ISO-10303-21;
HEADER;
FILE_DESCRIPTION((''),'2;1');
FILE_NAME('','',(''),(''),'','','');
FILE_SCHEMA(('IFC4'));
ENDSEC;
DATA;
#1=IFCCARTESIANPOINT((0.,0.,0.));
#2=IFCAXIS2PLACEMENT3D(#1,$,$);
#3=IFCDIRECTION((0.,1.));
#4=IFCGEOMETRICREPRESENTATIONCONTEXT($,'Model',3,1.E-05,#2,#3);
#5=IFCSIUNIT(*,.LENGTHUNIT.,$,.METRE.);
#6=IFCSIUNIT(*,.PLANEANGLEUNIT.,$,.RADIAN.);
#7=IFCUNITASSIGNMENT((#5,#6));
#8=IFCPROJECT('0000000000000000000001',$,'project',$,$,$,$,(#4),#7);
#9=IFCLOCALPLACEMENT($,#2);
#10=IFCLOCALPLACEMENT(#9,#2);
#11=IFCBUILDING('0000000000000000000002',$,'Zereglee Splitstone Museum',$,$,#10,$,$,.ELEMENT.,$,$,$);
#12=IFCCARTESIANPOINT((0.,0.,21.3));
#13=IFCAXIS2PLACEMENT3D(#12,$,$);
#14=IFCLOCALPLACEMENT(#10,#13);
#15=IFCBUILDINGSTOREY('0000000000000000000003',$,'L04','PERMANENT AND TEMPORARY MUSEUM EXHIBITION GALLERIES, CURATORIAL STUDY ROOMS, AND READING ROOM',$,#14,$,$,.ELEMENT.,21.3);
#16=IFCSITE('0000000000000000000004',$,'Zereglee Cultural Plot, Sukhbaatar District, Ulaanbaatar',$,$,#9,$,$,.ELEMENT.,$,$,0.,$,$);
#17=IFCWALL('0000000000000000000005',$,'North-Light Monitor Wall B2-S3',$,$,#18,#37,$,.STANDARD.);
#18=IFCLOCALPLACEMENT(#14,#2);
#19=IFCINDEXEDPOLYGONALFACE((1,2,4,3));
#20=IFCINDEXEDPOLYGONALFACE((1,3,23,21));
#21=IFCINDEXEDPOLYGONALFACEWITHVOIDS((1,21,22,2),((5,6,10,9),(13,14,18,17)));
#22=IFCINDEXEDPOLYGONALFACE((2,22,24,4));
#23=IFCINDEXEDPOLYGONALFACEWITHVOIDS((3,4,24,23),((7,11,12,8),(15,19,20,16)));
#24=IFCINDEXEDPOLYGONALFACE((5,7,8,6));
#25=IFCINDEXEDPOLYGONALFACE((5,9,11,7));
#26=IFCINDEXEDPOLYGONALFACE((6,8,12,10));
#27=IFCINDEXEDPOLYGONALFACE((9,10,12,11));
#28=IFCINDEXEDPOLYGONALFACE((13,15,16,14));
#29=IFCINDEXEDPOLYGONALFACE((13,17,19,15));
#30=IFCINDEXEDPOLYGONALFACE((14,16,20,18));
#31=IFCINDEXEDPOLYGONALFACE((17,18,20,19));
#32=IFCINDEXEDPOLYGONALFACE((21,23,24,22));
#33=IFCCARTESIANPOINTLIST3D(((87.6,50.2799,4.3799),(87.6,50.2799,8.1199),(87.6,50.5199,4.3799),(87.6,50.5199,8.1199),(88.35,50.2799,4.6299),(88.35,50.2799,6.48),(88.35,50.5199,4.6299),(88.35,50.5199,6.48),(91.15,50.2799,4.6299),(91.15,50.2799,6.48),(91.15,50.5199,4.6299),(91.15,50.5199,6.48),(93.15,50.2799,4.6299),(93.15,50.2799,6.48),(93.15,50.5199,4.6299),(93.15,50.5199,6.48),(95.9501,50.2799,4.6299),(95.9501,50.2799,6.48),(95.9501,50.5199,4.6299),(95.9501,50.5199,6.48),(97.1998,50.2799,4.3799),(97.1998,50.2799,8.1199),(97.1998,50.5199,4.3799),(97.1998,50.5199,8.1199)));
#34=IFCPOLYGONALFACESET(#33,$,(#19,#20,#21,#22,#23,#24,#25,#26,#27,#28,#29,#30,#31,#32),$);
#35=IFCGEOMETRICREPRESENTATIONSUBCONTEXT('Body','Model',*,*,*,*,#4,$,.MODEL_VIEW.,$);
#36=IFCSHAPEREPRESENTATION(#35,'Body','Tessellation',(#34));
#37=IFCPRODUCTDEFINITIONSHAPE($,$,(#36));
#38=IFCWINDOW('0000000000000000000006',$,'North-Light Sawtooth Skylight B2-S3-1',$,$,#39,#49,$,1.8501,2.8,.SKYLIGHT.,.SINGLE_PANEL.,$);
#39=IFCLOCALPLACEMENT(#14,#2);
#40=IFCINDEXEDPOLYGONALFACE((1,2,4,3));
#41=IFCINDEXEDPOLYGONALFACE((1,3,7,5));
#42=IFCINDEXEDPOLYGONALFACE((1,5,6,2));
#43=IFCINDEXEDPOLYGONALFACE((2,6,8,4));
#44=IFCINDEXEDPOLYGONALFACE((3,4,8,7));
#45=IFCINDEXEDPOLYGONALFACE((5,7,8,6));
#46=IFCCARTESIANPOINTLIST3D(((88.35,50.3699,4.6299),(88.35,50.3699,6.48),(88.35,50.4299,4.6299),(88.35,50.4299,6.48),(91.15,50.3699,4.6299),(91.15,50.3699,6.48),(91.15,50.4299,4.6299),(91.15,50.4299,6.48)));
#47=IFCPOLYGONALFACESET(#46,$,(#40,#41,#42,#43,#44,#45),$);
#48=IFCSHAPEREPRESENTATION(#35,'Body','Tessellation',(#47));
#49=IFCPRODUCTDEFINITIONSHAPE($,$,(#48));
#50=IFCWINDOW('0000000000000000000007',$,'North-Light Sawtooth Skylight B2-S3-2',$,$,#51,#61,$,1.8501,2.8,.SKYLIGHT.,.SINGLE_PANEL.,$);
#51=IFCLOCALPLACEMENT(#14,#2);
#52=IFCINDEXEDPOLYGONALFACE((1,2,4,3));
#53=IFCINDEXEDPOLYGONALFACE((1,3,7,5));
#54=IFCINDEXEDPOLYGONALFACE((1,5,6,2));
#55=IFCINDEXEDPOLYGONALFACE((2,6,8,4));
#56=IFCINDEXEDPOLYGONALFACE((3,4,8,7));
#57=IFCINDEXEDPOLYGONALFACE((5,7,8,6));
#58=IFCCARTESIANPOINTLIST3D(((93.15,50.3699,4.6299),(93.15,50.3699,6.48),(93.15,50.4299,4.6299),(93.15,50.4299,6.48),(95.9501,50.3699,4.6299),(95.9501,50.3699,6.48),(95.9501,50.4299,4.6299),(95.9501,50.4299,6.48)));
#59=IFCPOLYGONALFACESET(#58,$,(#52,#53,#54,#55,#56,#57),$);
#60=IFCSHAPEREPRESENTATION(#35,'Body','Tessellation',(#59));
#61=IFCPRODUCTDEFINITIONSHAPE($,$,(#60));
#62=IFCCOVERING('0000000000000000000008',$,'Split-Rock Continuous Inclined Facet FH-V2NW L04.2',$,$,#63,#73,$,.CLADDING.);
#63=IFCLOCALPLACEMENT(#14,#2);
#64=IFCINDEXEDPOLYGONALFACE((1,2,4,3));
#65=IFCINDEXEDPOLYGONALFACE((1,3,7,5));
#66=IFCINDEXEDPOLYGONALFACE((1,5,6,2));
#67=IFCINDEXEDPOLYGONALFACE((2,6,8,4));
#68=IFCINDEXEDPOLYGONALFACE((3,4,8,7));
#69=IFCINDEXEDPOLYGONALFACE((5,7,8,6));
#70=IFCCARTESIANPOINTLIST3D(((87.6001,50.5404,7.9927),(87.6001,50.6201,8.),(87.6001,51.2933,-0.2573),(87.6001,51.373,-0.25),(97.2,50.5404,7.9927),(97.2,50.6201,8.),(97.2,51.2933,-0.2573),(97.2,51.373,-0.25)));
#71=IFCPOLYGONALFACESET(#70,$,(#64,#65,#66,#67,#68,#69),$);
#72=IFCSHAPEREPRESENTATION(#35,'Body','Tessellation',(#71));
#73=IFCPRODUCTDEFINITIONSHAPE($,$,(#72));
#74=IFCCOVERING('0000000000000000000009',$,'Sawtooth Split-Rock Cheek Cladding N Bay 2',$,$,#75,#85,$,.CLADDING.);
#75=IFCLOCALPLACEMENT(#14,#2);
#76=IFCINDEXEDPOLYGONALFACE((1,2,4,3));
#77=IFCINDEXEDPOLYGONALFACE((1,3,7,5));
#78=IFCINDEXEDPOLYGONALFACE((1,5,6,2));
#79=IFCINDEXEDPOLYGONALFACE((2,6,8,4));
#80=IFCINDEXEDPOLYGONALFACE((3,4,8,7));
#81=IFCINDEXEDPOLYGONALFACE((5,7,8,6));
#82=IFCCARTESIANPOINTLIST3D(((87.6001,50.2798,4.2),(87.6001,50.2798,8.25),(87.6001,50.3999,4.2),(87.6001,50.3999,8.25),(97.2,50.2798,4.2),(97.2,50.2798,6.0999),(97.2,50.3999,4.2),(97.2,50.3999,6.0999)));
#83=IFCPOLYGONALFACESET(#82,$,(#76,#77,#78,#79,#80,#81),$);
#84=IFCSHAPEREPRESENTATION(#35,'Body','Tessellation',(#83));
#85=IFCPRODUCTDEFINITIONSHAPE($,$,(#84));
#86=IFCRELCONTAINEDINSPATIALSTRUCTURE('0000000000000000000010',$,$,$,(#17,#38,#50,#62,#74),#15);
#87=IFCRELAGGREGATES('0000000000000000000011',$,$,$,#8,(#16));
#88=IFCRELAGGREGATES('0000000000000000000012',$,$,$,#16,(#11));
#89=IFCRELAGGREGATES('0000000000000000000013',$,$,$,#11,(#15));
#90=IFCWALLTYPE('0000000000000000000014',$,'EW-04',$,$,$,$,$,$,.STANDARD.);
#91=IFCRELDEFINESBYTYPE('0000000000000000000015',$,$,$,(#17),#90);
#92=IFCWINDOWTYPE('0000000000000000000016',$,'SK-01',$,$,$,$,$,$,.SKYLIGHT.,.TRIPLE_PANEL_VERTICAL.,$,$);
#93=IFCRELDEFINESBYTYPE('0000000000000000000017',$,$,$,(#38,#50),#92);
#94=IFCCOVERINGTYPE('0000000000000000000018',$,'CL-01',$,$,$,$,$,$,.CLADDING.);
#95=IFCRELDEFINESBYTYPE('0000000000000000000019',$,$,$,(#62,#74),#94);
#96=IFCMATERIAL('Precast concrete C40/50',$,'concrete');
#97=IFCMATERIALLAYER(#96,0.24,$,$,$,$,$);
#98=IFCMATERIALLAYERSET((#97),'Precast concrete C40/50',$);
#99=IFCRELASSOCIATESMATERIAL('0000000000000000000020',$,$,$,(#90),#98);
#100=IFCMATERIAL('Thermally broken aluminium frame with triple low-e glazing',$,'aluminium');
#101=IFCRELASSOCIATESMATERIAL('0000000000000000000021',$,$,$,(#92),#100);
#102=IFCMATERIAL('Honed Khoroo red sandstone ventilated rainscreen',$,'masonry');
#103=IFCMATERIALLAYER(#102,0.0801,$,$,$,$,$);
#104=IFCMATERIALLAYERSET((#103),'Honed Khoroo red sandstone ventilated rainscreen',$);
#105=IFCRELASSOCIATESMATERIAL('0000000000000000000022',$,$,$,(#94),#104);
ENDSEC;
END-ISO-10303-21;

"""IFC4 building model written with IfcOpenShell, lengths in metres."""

from ifc_helpers import new_model, si_unit, direction, frame, frame_2d, origin, place, context, subcontext, project, spatial, polyline, rectangle, outline, extrude, material, layer, layer_set, type_object, element, fill, save


model = new_model("IFC4")

# Units and contexts
model_context = context("Model", 3, precision=1e-05, world=origin(), true_north=direction((0.0, 1.0)))
body_context = subcontext(model_context, "Body", "Model", "MODEL_VIEW")
ifc_project = project(units=[si_unit("LENGTHUNIT", "METRE"), si_unit("PLANEANGLEUNIT", "RADIAN")], contexts=[model_context])

# Site, building, storey
site_placement = place(None, origin())
site = spatial("IfcSite", under=ifc_project, at=site_placement, Name="Zereglee Cultural Plot, Sukhbaatar District, Ulaanbaatar", CompositionType="ELEMENT", RefElevation=0.0)
building_placement = place(site_placement, origin())
building = spatial("IfcBuilding", under=site, at=building_placement, Name="Zereglee Splitstone Museum", CompositionType="ELEMENT")
storey_placement = place(building_placement, frame((0.0, 0.0, 21.3)))
storey = spatial("IfcBuildingStorey", under=building, at=storey_placement, Name="L04", Description="PERMANENT AND TEMPORARY MUSEUM EXHIBITION GALLERIES, CURATORIAL STUDY ROOMS, AND READING ROOM", CompositionType="ELEMENT", Elevation=21.3)

# Shared definitions
ifc_material_1 = material(Name="Precast concrete C40/50", Category="concrete")

# Wall, openings, windows
ifc_layer_1 = layer(ifc_material_1, 0.24)
ifc_layer_set_1 = layer_set([ifc_layer_1], Name="Precast concrete C40/50")
wall_type_1 = type_object("IfcWallType", Name="EW-04", PredefinedType="STANDARD", material=ifc_layer_set_1)
wall_1_placement = place(storey_placement, frame((87.6001, 50.3999, 4.3799), z_axis=(0.0, 0.0, 1.0), x_axis=(1.0, 0.0, 0.0)))
wall_1 = element("IfcWall", 1, at=wall_1_placement, inside=storey, type_object=wall_type_1, Name="North-Light Monitor Wall B2-S3", PredefinedType="STANDARD", context=body_context, shape_type="SweptSolid", body=[
    extrude(rectangle(XDim=9.5999, YDim=0.24, at=frame_2d((4.7998, 0.0))), origin(), (0.0, 0.0, 1.0), 3.74),
])
opening_1_placement = place(wall_1_placement, frame((0.75, 0.0, 0.25)))
opening_1 = element("IfcOpeningElement", 2, at=opening_1_placement, cuts=wall_1, PredefinedType="OPENING", context=body_context, shape_type="SweptSolid", body=[
    extrude(rectangle(XDim=2.8, YDim=1.8501, at=frame_2d((1.3999, 0.925))), frame((0.0, 0.1348, 0.0), z_axis=(0.0, -1.0, 0.0), x_axis=(1.0, 0.0, 0.0)), (0.0, 0.0, 1.0), 0.2698),
])
opening_2_placement = place(wall_1_placement, frame((5.55, 0.0, 0.25)))
opening_2 = element("IfcOpeningElement", 3, at=opening_2_placement, cuts=wall_1, PredefinedType="OPENING", context=body_context, shape_type="SweptSolid", body=[
    extrude(rectangle(XDim=2.8, YDim=1.8501, at=frame_2d((1.3999, 0.925))), frame((0.0, 0.1348, 0.0), z_axis=(0.0, -1.0, 0.0), x_axis=(1.0, 0.0, 0.0)), (0.0, 0.0, 1.0), 0.2698),
])
ifc_material_2 = material(Name="Thermally broken aluminium frame with triple low-e glazing", Category="aluminium")
window_type = type_object("IfcWindowType", Name="SK-01", PartitioningType="TRIPLE_PANEL_VERTICAL", PredefinedType="SKYLIGHT", material=ifc_material_2)
window_1_placement = place(opening_1_placement, origin())
window_1 = element("IfcWindow", 4, at=window_1_placement, inside=storey, type_object=window_type, Name="North-Light Sawtooth Skylight B2-S3-1", OverallHeight=1.8501, OverallWidth=2.8, PartitioningType="SINGLE_PANEL", PredefinedType="SKYLIGHT", context=body_context, shape_type="SweptSolid", body=[
    extrude(rectangle(XDim=2.8, YDim=1.8501, at=frame_2d((1.3999, 0.925))), frame((0.0, 0.03, 0.0), z_axis=(0.0, -1.0, 0.0), x_axis=(1.0, 0.0, 0.0)), (0.0, 0.0, 1.0), 0.0601),
])
fill(opening_1, window_1)
window_2_placement = place(opening_2_placement, origin())
window_2 = element("IfcWindow", 5, at=window_2_placement, inside=storey, type_object=window_type, Name="North-Light Sawtooth Skylight B2-S3-2", OverallHeight=1.8501, OverallWidth=2.8, PartitioningType="SINGLE_PANEL", PredefinedType="SKYLIGHT", context=body_context, shape_type="SweptSolid", body=[
    extrude(rectangle(XDim=2.8, YDim=1.8501, at=frame_2d((1.3999, 0.925))), frame((0.0, 0.03, 0.0), z_axis=(0.0, -1.0, 0.0), x_axis=(1.0, 0.0, 0.0)), (0.0, 0.0, 1.0), 0.0601),
])
fill(opening_2, window_2)

# Coverings
ifc_material_3 = material(Name="Honed Khoroo red sandstone ventilated rainscreen", Category="masonry")
ifc_layer_2 = layer(ifc_material_3, 0.0801)
ifc_layer_set_2 = layer_set([ifc_layer_2], Name="Honed Khoroo red sandstone ventilated rainscreen")
covering_type = type_object("IfcCoveringType", Name="CL-01", PredefinedType="CLADDING", material=ifc_layer_set_2)
covering_1_placement = place(storey_placement, frame((87.6001, 50.6201, 8.0), z_axis=(0.0, 0.995861, 0.090886), x_axis=(1.0, 0.0, 0.0)))
element("IfcCovering", 6, at=covering_1_placement, inside=storey, type_object=covering_type, Name="Split-Rock Continuous Inclined Facet FH-V2NW L04.2", PredefinedType="CLADDING", context=body_context, shape_type="SweptSolid", body=[
    extrude(outline(polyline([(0.0, 0.0), (9.5999, 0.0), (9.5999, 8.2843), (0.0, 8.2843), (0.0, 0.0)])), origin(), (0.0, 0.0, -1.0), 0.0801),
])
covering_2_placement = place(storey_placement, frame((87.6001, 50.3999, 8.25), z_axis=(0.0, 1.0, 0.0), x_axis=(0.975823, 0.0, -0.218562)))
element("IfcCovering", 7, at=covering_2_placement, inside=storey, type_object=covering_type, Name="Sawtooth Split-Rock Cheek Cladding N Bay 2", PredefinedType="CLADDING", context=body_context, shape_type="SweptSolid", body=[
    extrude(outline(polyline([(0.0, 0.0), (9.8377, 0.0), (10.2529, 1.854), (0.8852, 3.9521), (0.0, 0.0)])), origin(), (0.0, 0.0, -1.0), 0.1201),
])

save(model, "model.ifc")
